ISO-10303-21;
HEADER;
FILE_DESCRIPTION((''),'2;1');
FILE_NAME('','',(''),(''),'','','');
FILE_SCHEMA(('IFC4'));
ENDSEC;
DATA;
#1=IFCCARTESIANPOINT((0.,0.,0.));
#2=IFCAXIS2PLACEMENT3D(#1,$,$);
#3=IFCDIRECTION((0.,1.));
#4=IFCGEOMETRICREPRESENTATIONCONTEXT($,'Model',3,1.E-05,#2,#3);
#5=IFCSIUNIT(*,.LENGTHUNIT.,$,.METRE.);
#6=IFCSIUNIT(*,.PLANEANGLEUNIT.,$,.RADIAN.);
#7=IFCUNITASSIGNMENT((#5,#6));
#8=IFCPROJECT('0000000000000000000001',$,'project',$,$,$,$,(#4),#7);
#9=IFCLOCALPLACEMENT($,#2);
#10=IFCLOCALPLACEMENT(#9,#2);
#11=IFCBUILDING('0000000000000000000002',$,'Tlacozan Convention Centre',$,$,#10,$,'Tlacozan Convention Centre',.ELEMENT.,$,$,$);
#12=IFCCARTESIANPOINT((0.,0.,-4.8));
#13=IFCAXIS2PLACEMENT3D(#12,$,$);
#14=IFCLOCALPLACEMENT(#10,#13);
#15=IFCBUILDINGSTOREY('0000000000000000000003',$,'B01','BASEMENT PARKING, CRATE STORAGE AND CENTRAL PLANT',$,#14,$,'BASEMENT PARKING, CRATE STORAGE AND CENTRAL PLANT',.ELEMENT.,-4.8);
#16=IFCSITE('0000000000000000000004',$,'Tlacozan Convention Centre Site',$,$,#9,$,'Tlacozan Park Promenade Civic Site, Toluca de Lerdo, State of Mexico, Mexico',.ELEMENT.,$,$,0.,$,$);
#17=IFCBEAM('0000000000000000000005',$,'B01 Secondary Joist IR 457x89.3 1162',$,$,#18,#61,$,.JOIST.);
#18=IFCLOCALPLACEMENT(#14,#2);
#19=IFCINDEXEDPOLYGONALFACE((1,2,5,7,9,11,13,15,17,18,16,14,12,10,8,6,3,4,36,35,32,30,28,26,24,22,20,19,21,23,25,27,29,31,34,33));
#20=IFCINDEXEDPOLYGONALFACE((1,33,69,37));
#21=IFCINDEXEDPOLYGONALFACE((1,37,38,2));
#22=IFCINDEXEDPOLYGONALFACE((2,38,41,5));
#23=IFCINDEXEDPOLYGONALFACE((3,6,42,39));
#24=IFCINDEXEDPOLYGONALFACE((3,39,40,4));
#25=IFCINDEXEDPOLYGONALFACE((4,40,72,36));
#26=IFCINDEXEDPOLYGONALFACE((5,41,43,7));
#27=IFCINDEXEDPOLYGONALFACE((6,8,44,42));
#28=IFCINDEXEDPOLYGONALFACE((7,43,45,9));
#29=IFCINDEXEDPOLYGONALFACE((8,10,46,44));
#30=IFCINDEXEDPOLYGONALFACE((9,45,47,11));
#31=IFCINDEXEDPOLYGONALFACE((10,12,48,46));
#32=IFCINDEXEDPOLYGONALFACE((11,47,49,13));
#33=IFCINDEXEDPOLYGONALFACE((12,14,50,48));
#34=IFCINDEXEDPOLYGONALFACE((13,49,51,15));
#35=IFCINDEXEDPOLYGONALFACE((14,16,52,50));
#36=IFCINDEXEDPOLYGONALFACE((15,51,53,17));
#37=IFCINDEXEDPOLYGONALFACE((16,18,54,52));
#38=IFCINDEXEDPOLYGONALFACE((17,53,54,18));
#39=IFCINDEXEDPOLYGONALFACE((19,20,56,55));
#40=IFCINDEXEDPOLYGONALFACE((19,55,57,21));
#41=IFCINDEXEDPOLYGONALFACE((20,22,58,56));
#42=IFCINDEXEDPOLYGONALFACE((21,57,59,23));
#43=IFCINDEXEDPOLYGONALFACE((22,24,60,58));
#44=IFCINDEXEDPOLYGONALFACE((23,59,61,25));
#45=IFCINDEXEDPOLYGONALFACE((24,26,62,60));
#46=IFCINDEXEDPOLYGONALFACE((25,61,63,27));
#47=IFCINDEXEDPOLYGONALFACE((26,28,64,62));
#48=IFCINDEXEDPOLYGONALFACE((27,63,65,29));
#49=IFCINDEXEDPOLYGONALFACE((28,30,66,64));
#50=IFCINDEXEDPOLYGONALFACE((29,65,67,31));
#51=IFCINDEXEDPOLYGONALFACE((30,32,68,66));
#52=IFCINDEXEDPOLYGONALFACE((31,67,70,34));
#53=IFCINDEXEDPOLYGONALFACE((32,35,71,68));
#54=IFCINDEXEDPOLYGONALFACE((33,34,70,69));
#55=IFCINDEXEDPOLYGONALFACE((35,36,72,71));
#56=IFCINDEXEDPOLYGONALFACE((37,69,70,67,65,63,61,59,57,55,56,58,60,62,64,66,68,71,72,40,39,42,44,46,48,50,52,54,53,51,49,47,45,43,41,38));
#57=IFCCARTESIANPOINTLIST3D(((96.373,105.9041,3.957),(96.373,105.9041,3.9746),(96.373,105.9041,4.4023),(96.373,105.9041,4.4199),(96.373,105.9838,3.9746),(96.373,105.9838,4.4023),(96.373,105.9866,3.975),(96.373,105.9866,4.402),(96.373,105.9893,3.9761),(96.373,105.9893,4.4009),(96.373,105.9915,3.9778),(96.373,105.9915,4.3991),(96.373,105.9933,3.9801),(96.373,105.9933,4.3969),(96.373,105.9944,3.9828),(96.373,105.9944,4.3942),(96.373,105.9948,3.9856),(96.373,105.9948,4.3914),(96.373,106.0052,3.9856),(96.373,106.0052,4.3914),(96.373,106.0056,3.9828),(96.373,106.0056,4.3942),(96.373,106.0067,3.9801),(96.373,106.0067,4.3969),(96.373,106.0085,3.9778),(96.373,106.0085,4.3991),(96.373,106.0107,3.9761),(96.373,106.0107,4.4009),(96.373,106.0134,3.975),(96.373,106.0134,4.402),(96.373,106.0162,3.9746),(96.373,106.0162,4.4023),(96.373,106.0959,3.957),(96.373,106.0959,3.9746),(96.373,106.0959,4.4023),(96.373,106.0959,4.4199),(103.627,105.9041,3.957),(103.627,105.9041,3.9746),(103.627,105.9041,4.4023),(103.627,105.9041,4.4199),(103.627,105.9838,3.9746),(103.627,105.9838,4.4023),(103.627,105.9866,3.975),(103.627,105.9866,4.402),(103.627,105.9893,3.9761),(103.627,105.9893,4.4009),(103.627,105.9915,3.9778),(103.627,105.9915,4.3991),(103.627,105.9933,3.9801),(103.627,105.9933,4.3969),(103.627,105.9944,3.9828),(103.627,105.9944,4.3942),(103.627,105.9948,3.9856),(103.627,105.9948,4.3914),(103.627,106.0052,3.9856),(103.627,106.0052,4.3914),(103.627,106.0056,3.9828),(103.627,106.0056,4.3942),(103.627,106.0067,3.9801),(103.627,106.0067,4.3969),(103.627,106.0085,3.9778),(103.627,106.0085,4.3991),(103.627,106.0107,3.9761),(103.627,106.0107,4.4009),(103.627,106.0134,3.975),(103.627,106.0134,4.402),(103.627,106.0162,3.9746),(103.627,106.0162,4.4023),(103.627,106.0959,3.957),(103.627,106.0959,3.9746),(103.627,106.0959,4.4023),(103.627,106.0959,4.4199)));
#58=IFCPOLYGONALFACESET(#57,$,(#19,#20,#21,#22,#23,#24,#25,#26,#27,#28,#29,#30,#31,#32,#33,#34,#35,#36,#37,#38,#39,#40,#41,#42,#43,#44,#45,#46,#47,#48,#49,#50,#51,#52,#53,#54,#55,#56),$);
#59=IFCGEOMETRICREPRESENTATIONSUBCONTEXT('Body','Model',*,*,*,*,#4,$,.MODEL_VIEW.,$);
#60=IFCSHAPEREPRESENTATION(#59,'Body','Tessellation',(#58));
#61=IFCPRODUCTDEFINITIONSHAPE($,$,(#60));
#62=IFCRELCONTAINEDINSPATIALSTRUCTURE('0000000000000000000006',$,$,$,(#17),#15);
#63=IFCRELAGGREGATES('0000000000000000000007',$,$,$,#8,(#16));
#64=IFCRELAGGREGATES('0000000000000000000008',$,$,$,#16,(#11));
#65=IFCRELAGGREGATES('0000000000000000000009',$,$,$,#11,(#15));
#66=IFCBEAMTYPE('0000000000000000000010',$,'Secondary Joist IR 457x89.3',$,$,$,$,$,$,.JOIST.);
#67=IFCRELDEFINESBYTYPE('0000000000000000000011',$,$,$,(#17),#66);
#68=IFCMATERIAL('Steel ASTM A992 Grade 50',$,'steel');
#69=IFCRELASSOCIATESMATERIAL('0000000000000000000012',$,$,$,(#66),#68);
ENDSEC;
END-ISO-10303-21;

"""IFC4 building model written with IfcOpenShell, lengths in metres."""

from ifc_helpers import new_model, si_unit, direction, frame, origin, origin_2d, place, context, subcontext, project, spatial, i_section, extrude, material, material_profile, profile_set, type_object, element, save


model = new_model("IFC4")

# Units and contexts
model_context = context("Model", 3, precision=1e-05, world=origin(), true_north=direction((0.0, 1.0)))
body_context = subcontext(model_context, "Body", "Model", "MODEL_VIEW")
ifc_project = project(units=[si_unit("LENGTHUNIT", "METRE"), si_unit("PLANEANGLEUNIT", "RADIAN")], contexts=[model_context])

# Site, building, storey
site_placement = place(None, origin())
site = spatial("IfcSite", under=ifc_project, at=site_placement, Name="Tlacozan Convention Centre Site", LongName="Tlacozan Park Promenade Civic Site, Toluca de Lerdo, State of Mexico, Mexico", CompositionType="ELEMENT", RefElevation=0.0)
building_placement = place(site_placement, origin())
building = spatial("IfcBuilding", under=site, at=building_placement, Name="Tlacozan Convention Centre", LongName="Tlacozan Convention Centre", CompositionType="ELEMENT")
storey_placement = place(building_placement, frame((0.0, 0.0, -4.8)))
storey = spatial("IfcBuildingStorey", under=building, at=storey_placement, Name="B01", Description="BASEMENT PARKING, CRATE STORAGE AND CENTRAL PLANT", LongName="BASEMENT PARKING, CRATE STORAGE AND CENTRAL PLANT", CompositionType="ELEMENT", Elevation=-4.8)

# Beam
ifc_material_1 = material(Name="Steel ASTM A992 Grade 50", Category="steel")
ifc_material_profile_1 = material_profile(ifc_material_1, i_section(OverallWidth=0.1919, OverallDepth=0.4629, WebThickness=0.0105, FlangeThickness=0.0176, FilletRadius=0.011, at=origin_2d()), Name="IR 457x89.3")
ifc_profile_set_1 = profile_set([ifc_material_profile_1], Name="Steel ASTM A992 Grade 50")
beam_type_1 = type_object("IfcBeamType", Name="Secondary Joist IR 457x89.3", PredefinedType="JOIST", material=ifc_profile_set_1)
for number, where, z_axis, x_axis, name in (
    (1, (96.373, 106.0, 4.1885), (1.0, 0.0, 0.0), (0.0, 1.0, 0.0), "B01 Secondary Joist IR 457x89.3 1162"),
):
    element("IfcBeam", number, at=place(storey_placement, frame(where, z_axis=z_axis, x_axis=x_axis)), inside=storey, type_object=beam_type_1, Name=name, PredefinedType="JOIST", context=body_context, shape_type="SweptSolid", body=[
        extrude(i_section(OverallWidth=0.1919, OverallDepth=0.4629, WebThickness=0.0105, FlangeThickness=0.0176, FilletRadius=0.011, at=origin_2d()), origin(), (0.0, 0.0, 1.0), 7.2539),
    ])

save(model, "model.ifc")
